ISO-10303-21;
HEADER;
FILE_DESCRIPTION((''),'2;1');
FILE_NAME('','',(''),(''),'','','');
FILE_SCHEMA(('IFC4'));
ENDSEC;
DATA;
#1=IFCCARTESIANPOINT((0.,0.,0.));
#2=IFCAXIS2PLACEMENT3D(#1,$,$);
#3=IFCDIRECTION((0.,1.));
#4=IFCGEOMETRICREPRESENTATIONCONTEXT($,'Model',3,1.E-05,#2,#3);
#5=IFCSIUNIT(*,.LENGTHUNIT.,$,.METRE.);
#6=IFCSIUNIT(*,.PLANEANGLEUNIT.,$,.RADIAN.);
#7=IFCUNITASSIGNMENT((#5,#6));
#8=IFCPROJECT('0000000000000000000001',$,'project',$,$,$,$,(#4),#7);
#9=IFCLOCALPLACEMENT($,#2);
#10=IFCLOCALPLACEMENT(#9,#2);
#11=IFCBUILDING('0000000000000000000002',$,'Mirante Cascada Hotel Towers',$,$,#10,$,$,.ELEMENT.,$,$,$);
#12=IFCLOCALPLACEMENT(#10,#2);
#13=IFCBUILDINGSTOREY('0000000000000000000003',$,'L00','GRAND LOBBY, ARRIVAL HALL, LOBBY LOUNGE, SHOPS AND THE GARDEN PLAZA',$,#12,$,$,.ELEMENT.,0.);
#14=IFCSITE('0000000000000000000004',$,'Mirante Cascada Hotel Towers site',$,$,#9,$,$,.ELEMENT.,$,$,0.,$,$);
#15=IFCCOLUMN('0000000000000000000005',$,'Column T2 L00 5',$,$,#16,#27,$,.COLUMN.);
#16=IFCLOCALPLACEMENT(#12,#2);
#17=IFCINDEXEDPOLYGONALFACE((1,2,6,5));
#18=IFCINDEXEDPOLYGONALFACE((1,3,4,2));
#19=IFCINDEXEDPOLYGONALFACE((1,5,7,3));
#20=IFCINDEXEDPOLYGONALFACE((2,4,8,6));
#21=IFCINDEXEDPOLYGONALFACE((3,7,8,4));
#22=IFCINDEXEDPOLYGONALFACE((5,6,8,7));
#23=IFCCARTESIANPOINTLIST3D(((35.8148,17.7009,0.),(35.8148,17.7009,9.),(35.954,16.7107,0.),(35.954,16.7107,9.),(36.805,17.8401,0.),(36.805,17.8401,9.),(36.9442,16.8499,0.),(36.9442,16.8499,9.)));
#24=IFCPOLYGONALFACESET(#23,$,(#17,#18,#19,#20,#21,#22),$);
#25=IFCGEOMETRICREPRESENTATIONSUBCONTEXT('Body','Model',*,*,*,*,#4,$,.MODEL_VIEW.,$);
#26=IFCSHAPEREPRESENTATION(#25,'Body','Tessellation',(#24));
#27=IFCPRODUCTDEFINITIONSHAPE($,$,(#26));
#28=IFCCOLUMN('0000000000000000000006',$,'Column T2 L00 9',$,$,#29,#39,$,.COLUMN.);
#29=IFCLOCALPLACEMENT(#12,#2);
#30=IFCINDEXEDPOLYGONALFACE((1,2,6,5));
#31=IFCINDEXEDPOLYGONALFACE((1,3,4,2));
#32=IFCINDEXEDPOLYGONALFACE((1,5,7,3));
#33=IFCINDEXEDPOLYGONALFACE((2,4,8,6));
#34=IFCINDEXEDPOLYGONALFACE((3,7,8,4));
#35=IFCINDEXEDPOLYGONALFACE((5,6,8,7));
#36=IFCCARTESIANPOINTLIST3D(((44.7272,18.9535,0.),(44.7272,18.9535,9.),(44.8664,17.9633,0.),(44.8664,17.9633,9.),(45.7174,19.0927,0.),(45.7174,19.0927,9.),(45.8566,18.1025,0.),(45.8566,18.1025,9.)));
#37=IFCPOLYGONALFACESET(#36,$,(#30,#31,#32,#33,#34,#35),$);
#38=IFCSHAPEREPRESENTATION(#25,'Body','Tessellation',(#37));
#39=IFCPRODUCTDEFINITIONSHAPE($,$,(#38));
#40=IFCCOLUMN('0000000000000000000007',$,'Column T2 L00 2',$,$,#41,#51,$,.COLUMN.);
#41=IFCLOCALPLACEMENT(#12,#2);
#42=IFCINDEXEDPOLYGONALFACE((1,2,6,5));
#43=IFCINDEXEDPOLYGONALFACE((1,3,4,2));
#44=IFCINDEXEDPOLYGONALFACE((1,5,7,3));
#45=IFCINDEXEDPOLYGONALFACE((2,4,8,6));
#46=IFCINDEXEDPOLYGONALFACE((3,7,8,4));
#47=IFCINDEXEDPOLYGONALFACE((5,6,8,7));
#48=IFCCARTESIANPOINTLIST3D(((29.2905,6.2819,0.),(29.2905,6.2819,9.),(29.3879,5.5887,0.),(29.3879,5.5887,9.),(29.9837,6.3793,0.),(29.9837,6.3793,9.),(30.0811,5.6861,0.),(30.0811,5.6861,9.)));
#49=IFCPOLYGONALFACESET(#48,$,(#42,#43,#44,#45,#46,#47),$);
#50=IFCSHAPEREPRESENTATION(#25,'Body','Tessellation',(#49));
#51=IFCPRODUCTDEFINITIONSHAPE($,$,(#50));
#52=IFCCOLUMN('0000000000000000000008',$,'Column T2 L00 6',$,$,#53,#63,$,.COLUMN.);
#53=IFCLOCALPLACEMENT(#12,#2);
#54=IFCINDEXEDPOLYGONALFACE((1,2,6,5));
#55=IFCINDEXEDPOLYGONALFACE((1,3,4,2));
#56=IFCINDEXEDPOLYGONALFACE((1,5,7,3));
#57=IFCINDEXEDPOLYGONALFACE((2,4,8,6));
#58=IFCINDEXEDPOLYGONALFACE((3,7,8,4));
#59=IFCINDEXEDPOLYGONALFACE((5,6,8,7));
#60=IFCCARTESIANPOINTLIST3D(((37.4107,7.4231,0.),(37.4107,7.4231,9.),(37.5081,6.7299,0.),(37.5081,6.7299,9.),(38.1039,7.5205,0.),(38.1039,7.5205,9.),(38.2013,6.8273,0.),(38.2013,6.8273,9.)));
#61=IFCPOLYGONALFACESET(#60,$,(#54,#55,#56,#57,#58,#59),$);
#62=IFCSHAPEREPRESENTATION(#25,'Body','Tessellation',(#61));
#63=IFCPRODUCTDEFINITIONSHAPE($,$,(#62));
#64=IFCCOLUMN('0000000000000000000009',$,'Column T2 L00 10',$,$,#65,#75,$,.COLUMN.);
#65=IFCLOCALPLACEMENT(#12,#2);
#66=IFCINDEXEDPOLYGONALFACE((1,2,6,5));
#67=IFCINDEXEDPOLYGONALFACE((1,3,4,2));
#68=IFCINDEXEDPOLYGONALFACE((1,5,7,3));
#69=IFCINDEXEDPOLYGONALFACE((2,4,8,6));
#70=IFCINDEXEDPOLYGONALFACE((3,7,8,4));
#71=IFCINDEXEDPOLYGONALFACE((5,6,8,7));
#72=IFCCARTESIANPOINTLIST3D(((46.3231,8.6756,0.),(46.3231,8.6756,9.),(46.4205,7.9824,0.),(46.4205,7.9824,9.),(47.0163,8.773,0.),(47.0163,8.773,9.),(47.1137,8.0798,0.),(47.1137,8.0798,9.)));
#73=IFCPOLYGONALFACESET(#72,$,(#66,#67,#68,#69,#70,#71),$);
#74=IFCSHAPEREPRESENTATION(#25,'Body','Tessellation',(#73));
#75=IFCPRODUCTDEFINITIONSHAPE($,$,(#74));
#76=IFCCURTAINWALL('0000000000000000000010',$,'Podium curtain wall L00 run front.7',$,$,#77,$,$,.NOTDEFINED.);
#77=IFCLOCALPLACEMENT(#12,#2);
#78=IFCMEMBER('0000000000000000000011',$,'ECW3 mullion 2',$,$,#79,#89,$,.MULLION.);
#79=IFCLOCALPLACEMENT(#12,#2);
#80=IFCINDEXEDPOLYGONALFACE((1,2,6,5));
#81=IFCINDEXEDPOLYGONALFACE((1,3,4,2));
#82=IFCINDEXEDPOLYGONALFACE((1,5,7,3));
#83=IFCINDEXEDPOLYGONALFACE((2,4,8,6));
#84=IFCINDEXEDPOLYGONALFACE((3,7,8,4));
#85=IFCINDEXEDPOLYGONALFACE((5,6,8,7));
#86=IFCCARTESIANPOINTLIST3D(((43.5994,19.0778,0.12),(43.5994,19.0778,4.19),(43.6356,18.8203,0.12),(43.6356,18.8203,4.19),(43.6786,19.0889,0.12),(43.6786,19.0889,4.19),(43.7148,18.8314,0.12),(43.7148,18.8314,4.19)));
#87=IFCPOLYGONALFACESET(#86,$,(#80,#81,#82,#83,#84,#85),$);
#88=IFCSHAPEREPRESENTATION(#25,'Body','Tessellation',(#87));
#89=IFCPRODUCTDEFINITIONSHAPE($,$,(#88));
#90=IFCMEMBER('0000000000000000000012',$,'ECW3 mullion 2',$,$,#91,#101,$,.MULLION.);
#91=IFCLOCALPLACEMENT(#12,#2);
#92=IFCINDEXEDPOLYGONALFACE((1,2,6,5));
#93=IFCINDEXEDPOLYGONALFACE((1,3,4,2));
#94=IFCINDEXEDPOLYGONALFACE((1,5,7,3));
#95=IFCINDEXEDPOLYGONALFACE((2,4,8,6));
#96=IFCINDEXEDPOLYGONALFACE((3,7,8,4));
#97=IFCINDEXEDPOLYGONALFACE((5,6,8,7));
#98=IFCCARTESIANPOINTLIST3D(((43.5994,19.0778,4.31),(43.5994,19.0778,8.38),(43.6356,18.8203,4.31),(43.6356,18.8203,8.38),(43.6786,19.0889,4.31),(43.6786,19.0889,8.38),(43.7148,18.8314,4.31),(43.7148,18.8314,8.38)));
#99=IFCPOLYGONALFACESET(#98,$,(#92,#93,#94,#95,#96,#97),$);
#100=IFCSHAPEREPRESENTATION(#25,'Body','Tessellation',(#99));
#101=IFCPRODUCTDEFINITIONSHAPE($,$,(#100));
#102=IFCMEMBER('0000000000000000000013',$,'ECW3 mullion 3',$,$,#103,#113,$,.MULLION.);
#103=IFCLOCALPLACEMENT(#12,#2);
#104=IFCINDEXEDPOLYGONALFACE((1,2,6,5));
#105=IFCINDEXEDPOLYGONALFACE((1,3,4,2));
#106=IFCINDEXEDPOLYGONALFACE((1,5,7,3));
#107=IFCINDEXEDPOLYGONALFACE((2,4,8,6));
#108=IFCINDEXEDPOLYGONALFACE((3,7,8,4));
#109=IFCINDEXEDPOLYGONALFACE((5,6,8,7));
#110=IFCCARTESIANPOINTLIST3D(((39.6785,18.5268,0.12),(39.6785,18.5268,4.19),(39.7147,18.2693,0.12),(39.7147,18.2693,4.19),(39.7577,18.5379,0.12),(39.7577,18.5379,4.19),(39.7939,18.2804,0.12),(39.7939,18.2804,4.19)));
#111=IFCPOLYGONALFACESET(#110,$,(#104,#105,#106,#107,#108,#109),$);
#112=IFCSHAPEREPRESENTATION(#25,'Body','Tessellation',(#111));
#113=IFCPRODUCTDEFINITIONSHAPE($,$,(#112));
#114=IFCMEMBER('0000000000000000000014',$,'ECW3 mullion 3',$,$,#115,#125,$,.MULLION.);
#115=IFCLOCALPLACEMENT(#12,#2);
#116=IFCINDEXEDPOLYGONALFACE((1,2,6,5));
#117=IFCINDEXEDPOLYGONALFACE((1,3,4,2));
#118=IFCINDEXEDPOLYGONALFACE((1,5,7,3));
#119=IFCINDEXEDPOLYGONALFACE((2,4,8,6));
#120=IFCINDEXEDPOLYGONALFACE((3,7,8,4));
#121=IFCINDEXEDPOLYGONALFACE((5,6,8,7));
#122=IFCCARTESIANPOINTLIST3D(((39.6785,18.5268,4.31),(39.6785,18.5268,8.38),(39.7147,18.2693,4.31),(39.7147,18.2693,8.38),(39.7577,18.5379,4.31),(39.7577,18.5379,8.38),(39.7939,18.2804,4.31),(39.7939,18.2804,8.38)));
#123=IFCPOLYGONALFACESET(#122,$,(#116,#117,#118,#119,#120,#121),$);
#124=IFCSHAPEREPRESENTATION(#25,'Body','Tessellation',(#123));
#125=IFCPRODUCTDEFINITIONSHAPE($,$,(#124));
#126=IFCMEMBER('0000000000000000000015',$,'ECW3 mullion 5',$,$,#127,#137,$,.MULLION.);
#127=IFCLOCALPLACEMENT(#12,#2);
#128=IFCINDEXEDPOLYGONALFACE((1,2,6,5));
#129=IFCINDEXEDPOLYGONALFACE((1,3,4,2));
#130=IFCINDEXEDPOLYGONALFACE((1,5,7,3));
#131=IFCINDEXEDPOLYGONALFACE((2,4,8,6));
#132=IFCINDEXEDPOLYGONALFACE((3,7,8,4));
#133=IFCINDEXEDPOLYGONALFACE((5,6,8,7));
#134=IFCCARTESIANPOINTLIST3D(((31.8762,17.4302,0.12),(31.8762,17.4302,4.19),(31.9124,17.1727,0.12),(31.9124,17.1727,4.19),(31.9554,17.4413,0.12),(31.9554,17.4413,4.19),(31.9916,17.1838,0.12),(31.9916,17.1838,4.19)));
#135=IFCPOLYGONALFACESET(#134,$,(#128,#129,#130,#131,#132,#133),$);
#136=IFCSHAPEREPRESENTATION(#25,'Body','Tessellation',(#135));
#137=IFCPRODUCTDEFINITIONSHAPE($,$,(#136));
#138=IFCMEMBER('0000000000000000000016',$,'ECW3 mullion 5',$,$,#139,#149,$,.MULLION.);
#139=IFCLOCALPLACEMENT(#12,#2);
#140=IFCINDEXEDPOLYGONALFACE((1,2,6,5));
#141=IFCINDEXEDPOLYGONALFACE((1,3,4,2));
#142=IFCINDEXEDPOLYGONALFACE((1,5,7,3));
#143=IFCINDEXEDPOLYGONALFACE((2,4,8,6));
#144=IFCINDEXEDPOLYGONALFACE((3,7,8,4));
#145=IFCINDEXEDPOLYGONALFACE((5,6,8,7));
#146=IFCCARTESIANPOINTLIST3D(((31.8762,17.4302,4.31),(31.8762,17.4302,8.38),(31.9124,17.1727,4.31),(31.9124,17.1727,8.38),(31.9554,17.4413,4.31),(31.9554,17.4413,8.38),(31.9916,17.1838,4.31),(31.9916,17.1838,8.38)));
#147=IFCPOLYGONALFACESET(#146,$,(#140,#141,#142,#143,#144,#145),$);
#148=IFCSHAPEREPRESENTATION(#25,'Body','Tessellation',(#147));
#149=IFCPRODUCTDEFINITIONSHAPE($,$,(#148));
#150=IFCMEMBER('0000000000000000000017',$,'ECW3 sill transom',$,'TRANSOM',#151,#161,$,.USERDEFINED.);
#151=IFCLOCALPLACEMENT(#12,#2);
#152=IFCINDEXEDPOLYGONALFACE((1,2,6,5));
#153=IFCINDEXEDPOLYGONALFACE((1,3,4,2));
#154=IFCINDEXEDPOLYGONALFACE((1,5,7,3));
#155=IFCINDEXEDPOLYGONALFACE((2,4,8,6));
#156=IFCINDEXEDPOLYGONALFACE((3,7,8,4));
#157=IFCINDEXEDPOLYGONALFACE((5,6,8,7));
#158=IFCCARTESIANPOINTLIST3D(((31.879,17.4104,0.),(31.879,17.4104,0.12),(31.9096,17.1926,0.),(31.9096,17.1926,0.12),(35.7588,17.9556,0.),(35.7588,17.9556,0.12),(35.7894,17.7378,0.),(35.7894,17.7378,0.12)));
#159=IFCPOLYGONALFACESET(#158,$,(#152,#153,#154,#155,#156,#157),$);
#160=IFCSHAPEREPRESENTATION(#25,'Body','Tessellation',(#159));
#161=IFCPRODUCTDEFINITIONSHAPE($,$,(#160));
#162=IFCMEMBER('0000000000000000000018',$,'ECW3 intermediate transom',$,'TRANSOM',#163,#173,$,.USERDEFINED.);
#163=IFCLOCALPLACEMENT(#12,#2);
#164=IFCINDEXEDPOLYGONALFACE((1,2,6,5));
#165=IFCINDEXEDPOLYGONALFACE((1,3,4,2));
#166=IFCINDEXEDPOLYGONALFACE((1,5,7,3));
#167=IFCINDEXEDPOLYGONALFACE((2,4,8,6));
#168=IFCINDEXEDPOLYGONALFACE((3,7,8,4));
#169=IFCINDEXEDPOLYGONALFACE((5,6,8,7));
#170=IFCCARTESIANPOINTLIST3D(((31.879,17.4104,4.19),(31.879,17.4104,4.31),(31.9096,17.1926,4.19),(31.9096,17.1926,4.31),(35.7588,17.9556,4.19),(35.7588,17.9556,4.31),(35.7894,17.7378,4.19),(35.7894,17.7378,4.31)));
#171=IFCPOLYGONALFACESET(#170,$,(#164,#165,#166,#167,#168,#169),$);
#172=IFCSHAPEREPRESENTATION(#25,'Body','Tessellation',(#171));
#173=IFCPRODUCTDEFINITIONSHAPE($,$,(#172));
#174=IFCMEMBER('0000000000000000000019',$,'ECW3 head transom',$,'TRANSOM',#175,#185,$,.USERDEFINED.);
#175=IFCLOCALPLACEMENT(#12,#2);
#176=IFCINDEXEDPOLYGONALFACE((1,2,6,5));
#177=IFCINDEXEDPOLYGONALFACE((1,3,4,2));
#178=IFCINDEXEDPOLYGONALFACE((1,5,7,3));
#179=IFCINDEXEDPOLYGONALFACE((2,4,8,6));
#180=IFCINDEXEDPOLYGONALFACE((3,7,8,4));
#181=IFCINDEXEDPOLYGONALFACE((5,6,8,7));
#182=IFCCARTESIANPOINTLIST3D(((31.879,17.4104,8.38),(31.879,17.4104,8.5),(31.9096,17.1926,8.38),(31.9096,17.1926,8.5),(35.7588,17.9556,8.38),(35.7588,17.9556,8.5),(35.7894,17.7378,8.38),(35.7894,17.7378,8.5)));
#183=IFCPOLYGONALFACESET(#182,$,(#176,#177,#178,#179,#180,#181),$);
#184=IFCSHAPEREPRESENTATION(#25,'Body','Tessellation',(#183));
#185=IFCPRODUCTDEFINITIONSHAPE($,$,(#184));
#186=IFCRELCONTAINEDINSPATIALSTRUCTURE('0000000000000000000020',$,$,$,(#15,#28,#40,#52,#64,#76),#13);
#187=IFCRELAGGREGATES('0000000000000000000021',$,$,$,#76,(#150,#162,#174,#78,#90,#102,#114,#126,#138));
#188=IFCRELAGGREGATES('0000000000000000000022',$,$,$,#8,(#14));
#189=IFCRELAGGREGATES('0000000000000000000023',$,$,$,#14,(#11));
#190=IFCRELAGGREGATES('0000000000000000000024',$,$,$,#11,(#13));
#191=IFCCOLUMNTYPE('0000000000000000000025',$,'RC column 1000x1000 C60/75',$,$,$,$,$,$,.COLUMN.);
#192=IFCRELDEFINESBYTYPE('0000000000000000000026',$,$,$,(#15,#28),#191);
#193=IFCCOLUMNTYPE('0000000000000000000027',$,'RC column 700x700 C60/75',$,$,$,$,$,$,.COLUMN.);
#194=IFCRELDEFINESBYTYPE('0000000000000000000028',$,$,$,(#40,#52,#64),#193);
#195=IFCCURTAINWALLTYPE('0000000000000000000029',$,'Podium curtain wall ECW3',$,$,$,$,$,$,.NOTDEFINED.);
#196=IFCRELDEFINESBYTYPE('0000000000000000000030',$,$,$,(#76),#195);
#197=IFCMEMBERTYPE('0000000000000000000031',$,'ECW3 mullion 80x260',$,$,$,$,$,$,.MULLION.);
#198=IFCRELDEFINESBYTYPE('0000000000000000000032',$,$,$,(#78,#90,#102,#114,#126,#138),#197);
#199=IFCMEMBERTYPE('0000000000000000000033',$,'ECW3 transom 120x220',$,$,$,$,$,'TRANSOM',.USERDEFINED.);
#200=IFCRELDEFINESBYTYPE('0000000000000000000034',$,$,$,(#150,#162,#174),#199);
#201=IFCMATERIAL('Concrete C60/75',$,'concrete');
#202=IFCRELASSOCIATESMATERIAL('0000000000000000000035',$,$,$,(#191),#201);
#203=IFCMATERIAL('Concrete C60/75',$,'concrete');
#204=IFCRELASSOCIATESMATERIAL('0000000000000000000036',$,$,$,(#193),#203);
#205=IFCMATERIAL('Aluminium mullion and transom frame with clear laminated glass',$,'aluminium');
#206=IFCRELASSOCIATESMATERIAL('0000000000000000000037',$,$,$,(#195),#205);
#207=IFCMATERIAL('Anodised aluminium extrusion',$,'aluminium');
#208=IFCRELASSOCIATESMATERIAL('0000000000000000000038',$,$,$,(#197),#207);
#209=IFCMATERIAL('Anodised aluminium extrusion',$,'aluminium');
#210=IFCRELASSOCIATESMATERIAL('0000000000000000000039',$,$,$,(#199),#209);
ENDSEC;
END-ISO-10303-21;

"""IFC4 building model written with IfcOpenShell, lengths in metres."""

from ifc_helpers import new_model, si_unit, direction, frame, origin, origin_2d, place, context, subcontext, project, spatial, rectangle, extrude, material, material_profile, profile_set, type_object, element, aggregate, save


model = new_model("IFC4")

# Units and contexts
model_context = context("Model", 3, precision=1e-05, world=origin(), true_north=direction((0.0, 1.0)))
body_context = subcontext(model_context, "Body", "Model", "MODEL_VIEW")
ifc_project = project(units=[si_unit("LENGTHUNIT", "METRE"), si_unit("PLANEANGLEUNIT", "RADIAN")], contexts=[model_context])

# Site, building, storey
site_placement = place(None, origin())
site = spatial("IfcSite", under=ifc_project, at=site_placement, Name="Mirante Cascada Hotel Towers site", CompositionType="ELEMENT", RefElevation=0.0)
building_placement = place(site_placement, origin())
building = spatial("IfcBuilding", under=site, at=building_placement, Name="Mirante Cascada Hotel Towers", CompositionType="ELEMENT")
storey_placement = place(building_placement, origin())
storey = spatial("IfcBuildingStorey", under=building, at=storey_placement, Name="L00", Description="GRAND LOBBY, ARRIVAL HALL, LOBBY LOUNGE, SHOPS AND THE GARDEN PLAZA", CompositionType="ELEMENT", Elevation=0.0)

# Columns
ifc_material_1 = material(Name="Concrete C60/75", Category="concrete")
ifc_material_profile_1 = material_profile(ifc_material_1, rectangle(XDim=1.0, YDim=1.0, at=origin_2d()), Name="RC column 1000x1000 C60/75")
ifc_profile_set_1 = profile_set([ifc_material_profile_1], Name="Concrete C60/75")
column_type_1 = type_object("IfcColumnType", Name="RC column 1000x1000 C60/75", PredefinedType="COLUMN", material=ifc_profile_set_1)
for number, where, z_axis, x_axis, name in (
    (1, (36.3795, 17.2754, 0.0), (0.0, 0.0, 1.0), (0.990268, 0.139173, 0.0), "Column T2 L00 5"),
    (2, (45.2919, 18.528, 0.0), (0.0, 0.0, 1.0), (0.990268, 0.139173, 0.0), "Column T2 L00 9"),
):
    element("IfcColumn", number, at=place(storey_placement, frame(where, z_axis=z_axis, x_axis=x_axis)), inside=storey, type_object=column_type_1, Name=name, PredefinedType="COLUMN", context=body_context, shape_type="SweptSolid", body=[
        extrude(rectangle(XDim=1.0, YDim=1.0, at=origin_2d()), origin(), (0.0, 0.0, 1.0), 9.0),
    ])
ifc_material_2 = material(Name="Concrete C60/75", Category="concrete")
ifc_material_profile_2 = material_profile(ifc_material_2, rectangle(XDim=0.7, YDim=0.7, at=origin_2d()), Name="RC column 700x700 C60/75")
ifc_profile_set_2 = profile_set([ifc_material_profile_2], Name="Concrete C60/75")
column_type_2 = type_object("IfcColumnType", Name="RC column 700x700 C60/75", PredefinedType="COLUMN", material=ifc_profile_set_2)
for number, where, z_axis, x_axis, name in (
    (3, (29.6858, 5.984, 0.0), (0.0, 0.0, 1.0), (0.990268, 0.139173, 0.0), "Column T2 L00 2"),
    (4, (37.806, 7.1252, 0.0), (0.0, 0.0, 1.0), (0.990268, 0.139173, 0.0), "Column T2 L00 6"),
    (5, (46.7184, 8.3777, 0.0), (0.0, 0.0, 1.0), (0.990268, 0.139173, 0.0), "Column T2 L00 10"),
):
    element("IfcColumn", number, at=place(storey_placement, frame(where, z_axis=z_axis, x_axis=x_axis)), inside=storey, type_object=column_type_2, Name=name, PredefinedType="COLUMN", context=body_context, shape_type="SweptSolid", body=[
        extrude(rectangle(XDim=0.7, YDim=0.7, at=origin_2d()), origin(), (0.0, 0.0, 1.0), 9.0),
    ])

# Curtain wall, members
ifc_material_3 = material(Name="Aluminium mullion and transom frame with clear laminated glass", Category="aluminium")
curtain_wall_type = type_object("IfcCurtainWallType", Name="Podium curtain wall ECW3", PredefinedType="NOTDEFINED", material=ifc_material_3)
curtain_wall_placement = place(storey_placement, origin())
curtain_wall = element("IfcCurtainWall", 6, at=curtain_wall_placement, inside=storey, type_object=curtain_wall_type, Name="Podium curtain wall L00 run front.7", PredefinedType="NOTDEFINED")
ifc_material_4 = material(Name="Anodised aluminium extrusion", Category="aluminium")
ifc_material_profile_3 = material_profile(ifc_material_4, rectangle(XDim=0.26, YDim=0.08, at=origin_2d()), Name="ECW3 MULLION 80x260")
ifc_profile_set_3 = profile_set([ifc_material_profile_3], Name="Anodised aluminium extrusion")
member_type_1 = type_object("IfcMemberType", Name="ECW3 mullion 80x260", PredefinedType="MULLION", material=ifc_profile_set_3)
member_1_placement = place(storey_placement, frame((43.6571, 18.9546, 0.12), z_axis=(0.0, 0.0, 1.0), x_axis=(0.139173, -0.990268, 0.0)))
member_1 = element("IfcMember", 7, at=member_1_placement, type_object=member_type_1, Name="ECW3 mullion 2", PredefinedType="MULLION", context=body_context, shape_type="SweptSolid", body=[
    extrude(rectangle(XDim=0.26, YDim=0.08, at=origin_2d()), origin(), (0.0, 0.0, 1.0), 4.07),
])
member_2_placement = place(storey_placement, frame((43.6571, 18.9546, 4.31), z_axis=(0.0, 0.0, 1.0), x_axis=(0.139173, -0.990268, 0.0)))
member_2 = element("IfcMember", 8, at=member_2_placement, type_object=member_type_1, Name="ECW3 mullion 2", PredefinedType="MULLION", context=body_context, shape_type="SweptSolid", body=[
    extrude(rectangle(XDim=0.26, YDim=0.08, at=origin_2d()), origin(), (0.0, 0.0, 1.0), 4.07),
])
member_3_placement = place(storey_placement, frame((39.7362, 18.4036, 0.12), z_axis=(0.0, 0.0, 1.0), x_axis=(0.139173, -0.990268, 0.0)))
member_3 = element("IfcMember", 9, at=member_3_placement, type_object=member_type_1, Name="ECW3 mullion 3", PredefinedType="MULLION", context=body_context, shape_type="SweptSolid", body=[
    extrude(rectangle(XDim=0.26, YDim=0.08, at=origin_2d()), origin(), (0.0, 0.0, 1.0), 4.07),
])
member_4_placement = place(storey_placement, frame((39.7362, 18.4036, 4.31), z_axis=(0.0, 0.0, 1.0), x_axis=(0.139173, -0.990268, 0.0)))
member_4 = element("IfcMember", 10, at=member_4_placement, type_object=member_type_1, Name="ECW3 mullion 3", PredefinedType="MULLION", context=body_context, shape_type="SweptSolid", body=[
    extrude(rectangle(XDim=0.26, YDim=0.08, at=origin_2d()), origin(), (0.0, 0.0, 1.0), 4.07),
])
member_5_placement = place(storey_placement, frame((31.9339, 17.307, 0.12), z_axis=(0.0, 0.0, 1.0), x_axis=(0.139173, -0.990268, 0.0)))
member_5 = element("IfcMember", 11, at=member_5_placement, type_object=member_type_1, Name="ECW3 mullion 5", PredefinedType="MULLION", context=body_context, shape_type="SweptSolid", body=[
    extrude(rectangle(XDim=0.26, YDim=0.08, at=origin_2d()), origin(), (0.0, 0.0, 1.0), 4.07),
])
member_6_placement = place(storey_placement, frame((31.9339, 17.307, 4.31), z_axis=(0.0, 0.0, 1.0), x_axis=(0.139173, -0.990268, 0.0)))
member_6 = element("IfcMember", 12, at=member_6_placement, type_object=member_type_1, Name="ECW3 mullion 5", PredefinedType="MULLION", context=body_context, shape_type="SweptSolid", body=[
    extrude(rectangle(XDim=0.26, YDim=0.08, at=origin_2d()), origin(), (0.0, 0.0, 1.0), 4.07),
])
ifc_material_5 = material(Name="Anodised aluminium extrusion", Category="aluminium")
ifc_material_profile_4 = material_profile(ifc_material_5, rectangle(XDim=0.22, YDim=0.12, at=origin_2d()), Name="ECW3 TRANSOM 120x220")
ifc_profile_set_4 = profile_set([ifc_material_profile_4], Name="Anodised aluminium extrusion")
member_type_2 = type_object("IfcMemberType", Name="ECW3 transom 120x220", ElementType="TRANSOM", PredefinedType="USERDEFINED", material=ifc_profile_set_4)
member_7_placement = place(storey_placement, frame((35.7741, 17.8467, 0.06), z_axis=(-0.990271, -0.139155, 0.0), x_axis=(0.139155, -0.990271, 0.0)))
member_7 = element("IfcMember", 13, at=member_7_placement, type_object=member_type_2, Name="ECW3 sill transom", ObjectType="TRANSOM", PredefinedType="USERDEFINED", context=body_context, shape_type="SweptSolid", body=[
    extrude(rectangle(XDim=0.22, YDim=0.12, at=origin_2d()), origin(), (0.0, 0.0, 1.0), 3.9179),
])
member_8_placement = place(storey_placement, frame((35.7741, 17.8467, 4.25), z_axis=(-0.990271, -0.139155, 0.0), x_axis=(0.139155, -0.990271, 0.0)))
member_8 = element("IfcMember", 14, at=member_8_placement, type_object=member_type_2, Name="ECW3 intermediate transom", ObjectType="TRANSOM", PredefinedType="USERDEFINED", context=body_context, shape_type="SweptSolid", body=[
    extrude(rectangle(XDim=0.22, YDim=0.12, at=origin_2d()), origin(), (0.0, 0.0, 1.0), 3.9179),
])
member_9_placement = place(storey_placement, frame((35.7741, 17.8467, 8.44), z_axis=(-0.990271, -0.139155, 0.0), x_axis=(0.139155, -0.990271, 0.0)))
member_9 = element("IfcMember", 15, at=member_9_placement, type_object=member_type_2, Name="ECW3 head transom", ObjectType="TRANSOM", PredefinedType="USERDEFINED", context=body_context, shape_type="SweptSolid", body=[
    extrude(rectangle(XDim=0.22, YDim=0.12, at=origin_2d()), origin(), (0.0, 0.0, 1.0), 3.9179),
])
aggregate(curtain_wall, [member_7, member_8, member_9, member_1, member_2, member_3, member_4, member_5, member_6])

save(model, "model.ifc")
